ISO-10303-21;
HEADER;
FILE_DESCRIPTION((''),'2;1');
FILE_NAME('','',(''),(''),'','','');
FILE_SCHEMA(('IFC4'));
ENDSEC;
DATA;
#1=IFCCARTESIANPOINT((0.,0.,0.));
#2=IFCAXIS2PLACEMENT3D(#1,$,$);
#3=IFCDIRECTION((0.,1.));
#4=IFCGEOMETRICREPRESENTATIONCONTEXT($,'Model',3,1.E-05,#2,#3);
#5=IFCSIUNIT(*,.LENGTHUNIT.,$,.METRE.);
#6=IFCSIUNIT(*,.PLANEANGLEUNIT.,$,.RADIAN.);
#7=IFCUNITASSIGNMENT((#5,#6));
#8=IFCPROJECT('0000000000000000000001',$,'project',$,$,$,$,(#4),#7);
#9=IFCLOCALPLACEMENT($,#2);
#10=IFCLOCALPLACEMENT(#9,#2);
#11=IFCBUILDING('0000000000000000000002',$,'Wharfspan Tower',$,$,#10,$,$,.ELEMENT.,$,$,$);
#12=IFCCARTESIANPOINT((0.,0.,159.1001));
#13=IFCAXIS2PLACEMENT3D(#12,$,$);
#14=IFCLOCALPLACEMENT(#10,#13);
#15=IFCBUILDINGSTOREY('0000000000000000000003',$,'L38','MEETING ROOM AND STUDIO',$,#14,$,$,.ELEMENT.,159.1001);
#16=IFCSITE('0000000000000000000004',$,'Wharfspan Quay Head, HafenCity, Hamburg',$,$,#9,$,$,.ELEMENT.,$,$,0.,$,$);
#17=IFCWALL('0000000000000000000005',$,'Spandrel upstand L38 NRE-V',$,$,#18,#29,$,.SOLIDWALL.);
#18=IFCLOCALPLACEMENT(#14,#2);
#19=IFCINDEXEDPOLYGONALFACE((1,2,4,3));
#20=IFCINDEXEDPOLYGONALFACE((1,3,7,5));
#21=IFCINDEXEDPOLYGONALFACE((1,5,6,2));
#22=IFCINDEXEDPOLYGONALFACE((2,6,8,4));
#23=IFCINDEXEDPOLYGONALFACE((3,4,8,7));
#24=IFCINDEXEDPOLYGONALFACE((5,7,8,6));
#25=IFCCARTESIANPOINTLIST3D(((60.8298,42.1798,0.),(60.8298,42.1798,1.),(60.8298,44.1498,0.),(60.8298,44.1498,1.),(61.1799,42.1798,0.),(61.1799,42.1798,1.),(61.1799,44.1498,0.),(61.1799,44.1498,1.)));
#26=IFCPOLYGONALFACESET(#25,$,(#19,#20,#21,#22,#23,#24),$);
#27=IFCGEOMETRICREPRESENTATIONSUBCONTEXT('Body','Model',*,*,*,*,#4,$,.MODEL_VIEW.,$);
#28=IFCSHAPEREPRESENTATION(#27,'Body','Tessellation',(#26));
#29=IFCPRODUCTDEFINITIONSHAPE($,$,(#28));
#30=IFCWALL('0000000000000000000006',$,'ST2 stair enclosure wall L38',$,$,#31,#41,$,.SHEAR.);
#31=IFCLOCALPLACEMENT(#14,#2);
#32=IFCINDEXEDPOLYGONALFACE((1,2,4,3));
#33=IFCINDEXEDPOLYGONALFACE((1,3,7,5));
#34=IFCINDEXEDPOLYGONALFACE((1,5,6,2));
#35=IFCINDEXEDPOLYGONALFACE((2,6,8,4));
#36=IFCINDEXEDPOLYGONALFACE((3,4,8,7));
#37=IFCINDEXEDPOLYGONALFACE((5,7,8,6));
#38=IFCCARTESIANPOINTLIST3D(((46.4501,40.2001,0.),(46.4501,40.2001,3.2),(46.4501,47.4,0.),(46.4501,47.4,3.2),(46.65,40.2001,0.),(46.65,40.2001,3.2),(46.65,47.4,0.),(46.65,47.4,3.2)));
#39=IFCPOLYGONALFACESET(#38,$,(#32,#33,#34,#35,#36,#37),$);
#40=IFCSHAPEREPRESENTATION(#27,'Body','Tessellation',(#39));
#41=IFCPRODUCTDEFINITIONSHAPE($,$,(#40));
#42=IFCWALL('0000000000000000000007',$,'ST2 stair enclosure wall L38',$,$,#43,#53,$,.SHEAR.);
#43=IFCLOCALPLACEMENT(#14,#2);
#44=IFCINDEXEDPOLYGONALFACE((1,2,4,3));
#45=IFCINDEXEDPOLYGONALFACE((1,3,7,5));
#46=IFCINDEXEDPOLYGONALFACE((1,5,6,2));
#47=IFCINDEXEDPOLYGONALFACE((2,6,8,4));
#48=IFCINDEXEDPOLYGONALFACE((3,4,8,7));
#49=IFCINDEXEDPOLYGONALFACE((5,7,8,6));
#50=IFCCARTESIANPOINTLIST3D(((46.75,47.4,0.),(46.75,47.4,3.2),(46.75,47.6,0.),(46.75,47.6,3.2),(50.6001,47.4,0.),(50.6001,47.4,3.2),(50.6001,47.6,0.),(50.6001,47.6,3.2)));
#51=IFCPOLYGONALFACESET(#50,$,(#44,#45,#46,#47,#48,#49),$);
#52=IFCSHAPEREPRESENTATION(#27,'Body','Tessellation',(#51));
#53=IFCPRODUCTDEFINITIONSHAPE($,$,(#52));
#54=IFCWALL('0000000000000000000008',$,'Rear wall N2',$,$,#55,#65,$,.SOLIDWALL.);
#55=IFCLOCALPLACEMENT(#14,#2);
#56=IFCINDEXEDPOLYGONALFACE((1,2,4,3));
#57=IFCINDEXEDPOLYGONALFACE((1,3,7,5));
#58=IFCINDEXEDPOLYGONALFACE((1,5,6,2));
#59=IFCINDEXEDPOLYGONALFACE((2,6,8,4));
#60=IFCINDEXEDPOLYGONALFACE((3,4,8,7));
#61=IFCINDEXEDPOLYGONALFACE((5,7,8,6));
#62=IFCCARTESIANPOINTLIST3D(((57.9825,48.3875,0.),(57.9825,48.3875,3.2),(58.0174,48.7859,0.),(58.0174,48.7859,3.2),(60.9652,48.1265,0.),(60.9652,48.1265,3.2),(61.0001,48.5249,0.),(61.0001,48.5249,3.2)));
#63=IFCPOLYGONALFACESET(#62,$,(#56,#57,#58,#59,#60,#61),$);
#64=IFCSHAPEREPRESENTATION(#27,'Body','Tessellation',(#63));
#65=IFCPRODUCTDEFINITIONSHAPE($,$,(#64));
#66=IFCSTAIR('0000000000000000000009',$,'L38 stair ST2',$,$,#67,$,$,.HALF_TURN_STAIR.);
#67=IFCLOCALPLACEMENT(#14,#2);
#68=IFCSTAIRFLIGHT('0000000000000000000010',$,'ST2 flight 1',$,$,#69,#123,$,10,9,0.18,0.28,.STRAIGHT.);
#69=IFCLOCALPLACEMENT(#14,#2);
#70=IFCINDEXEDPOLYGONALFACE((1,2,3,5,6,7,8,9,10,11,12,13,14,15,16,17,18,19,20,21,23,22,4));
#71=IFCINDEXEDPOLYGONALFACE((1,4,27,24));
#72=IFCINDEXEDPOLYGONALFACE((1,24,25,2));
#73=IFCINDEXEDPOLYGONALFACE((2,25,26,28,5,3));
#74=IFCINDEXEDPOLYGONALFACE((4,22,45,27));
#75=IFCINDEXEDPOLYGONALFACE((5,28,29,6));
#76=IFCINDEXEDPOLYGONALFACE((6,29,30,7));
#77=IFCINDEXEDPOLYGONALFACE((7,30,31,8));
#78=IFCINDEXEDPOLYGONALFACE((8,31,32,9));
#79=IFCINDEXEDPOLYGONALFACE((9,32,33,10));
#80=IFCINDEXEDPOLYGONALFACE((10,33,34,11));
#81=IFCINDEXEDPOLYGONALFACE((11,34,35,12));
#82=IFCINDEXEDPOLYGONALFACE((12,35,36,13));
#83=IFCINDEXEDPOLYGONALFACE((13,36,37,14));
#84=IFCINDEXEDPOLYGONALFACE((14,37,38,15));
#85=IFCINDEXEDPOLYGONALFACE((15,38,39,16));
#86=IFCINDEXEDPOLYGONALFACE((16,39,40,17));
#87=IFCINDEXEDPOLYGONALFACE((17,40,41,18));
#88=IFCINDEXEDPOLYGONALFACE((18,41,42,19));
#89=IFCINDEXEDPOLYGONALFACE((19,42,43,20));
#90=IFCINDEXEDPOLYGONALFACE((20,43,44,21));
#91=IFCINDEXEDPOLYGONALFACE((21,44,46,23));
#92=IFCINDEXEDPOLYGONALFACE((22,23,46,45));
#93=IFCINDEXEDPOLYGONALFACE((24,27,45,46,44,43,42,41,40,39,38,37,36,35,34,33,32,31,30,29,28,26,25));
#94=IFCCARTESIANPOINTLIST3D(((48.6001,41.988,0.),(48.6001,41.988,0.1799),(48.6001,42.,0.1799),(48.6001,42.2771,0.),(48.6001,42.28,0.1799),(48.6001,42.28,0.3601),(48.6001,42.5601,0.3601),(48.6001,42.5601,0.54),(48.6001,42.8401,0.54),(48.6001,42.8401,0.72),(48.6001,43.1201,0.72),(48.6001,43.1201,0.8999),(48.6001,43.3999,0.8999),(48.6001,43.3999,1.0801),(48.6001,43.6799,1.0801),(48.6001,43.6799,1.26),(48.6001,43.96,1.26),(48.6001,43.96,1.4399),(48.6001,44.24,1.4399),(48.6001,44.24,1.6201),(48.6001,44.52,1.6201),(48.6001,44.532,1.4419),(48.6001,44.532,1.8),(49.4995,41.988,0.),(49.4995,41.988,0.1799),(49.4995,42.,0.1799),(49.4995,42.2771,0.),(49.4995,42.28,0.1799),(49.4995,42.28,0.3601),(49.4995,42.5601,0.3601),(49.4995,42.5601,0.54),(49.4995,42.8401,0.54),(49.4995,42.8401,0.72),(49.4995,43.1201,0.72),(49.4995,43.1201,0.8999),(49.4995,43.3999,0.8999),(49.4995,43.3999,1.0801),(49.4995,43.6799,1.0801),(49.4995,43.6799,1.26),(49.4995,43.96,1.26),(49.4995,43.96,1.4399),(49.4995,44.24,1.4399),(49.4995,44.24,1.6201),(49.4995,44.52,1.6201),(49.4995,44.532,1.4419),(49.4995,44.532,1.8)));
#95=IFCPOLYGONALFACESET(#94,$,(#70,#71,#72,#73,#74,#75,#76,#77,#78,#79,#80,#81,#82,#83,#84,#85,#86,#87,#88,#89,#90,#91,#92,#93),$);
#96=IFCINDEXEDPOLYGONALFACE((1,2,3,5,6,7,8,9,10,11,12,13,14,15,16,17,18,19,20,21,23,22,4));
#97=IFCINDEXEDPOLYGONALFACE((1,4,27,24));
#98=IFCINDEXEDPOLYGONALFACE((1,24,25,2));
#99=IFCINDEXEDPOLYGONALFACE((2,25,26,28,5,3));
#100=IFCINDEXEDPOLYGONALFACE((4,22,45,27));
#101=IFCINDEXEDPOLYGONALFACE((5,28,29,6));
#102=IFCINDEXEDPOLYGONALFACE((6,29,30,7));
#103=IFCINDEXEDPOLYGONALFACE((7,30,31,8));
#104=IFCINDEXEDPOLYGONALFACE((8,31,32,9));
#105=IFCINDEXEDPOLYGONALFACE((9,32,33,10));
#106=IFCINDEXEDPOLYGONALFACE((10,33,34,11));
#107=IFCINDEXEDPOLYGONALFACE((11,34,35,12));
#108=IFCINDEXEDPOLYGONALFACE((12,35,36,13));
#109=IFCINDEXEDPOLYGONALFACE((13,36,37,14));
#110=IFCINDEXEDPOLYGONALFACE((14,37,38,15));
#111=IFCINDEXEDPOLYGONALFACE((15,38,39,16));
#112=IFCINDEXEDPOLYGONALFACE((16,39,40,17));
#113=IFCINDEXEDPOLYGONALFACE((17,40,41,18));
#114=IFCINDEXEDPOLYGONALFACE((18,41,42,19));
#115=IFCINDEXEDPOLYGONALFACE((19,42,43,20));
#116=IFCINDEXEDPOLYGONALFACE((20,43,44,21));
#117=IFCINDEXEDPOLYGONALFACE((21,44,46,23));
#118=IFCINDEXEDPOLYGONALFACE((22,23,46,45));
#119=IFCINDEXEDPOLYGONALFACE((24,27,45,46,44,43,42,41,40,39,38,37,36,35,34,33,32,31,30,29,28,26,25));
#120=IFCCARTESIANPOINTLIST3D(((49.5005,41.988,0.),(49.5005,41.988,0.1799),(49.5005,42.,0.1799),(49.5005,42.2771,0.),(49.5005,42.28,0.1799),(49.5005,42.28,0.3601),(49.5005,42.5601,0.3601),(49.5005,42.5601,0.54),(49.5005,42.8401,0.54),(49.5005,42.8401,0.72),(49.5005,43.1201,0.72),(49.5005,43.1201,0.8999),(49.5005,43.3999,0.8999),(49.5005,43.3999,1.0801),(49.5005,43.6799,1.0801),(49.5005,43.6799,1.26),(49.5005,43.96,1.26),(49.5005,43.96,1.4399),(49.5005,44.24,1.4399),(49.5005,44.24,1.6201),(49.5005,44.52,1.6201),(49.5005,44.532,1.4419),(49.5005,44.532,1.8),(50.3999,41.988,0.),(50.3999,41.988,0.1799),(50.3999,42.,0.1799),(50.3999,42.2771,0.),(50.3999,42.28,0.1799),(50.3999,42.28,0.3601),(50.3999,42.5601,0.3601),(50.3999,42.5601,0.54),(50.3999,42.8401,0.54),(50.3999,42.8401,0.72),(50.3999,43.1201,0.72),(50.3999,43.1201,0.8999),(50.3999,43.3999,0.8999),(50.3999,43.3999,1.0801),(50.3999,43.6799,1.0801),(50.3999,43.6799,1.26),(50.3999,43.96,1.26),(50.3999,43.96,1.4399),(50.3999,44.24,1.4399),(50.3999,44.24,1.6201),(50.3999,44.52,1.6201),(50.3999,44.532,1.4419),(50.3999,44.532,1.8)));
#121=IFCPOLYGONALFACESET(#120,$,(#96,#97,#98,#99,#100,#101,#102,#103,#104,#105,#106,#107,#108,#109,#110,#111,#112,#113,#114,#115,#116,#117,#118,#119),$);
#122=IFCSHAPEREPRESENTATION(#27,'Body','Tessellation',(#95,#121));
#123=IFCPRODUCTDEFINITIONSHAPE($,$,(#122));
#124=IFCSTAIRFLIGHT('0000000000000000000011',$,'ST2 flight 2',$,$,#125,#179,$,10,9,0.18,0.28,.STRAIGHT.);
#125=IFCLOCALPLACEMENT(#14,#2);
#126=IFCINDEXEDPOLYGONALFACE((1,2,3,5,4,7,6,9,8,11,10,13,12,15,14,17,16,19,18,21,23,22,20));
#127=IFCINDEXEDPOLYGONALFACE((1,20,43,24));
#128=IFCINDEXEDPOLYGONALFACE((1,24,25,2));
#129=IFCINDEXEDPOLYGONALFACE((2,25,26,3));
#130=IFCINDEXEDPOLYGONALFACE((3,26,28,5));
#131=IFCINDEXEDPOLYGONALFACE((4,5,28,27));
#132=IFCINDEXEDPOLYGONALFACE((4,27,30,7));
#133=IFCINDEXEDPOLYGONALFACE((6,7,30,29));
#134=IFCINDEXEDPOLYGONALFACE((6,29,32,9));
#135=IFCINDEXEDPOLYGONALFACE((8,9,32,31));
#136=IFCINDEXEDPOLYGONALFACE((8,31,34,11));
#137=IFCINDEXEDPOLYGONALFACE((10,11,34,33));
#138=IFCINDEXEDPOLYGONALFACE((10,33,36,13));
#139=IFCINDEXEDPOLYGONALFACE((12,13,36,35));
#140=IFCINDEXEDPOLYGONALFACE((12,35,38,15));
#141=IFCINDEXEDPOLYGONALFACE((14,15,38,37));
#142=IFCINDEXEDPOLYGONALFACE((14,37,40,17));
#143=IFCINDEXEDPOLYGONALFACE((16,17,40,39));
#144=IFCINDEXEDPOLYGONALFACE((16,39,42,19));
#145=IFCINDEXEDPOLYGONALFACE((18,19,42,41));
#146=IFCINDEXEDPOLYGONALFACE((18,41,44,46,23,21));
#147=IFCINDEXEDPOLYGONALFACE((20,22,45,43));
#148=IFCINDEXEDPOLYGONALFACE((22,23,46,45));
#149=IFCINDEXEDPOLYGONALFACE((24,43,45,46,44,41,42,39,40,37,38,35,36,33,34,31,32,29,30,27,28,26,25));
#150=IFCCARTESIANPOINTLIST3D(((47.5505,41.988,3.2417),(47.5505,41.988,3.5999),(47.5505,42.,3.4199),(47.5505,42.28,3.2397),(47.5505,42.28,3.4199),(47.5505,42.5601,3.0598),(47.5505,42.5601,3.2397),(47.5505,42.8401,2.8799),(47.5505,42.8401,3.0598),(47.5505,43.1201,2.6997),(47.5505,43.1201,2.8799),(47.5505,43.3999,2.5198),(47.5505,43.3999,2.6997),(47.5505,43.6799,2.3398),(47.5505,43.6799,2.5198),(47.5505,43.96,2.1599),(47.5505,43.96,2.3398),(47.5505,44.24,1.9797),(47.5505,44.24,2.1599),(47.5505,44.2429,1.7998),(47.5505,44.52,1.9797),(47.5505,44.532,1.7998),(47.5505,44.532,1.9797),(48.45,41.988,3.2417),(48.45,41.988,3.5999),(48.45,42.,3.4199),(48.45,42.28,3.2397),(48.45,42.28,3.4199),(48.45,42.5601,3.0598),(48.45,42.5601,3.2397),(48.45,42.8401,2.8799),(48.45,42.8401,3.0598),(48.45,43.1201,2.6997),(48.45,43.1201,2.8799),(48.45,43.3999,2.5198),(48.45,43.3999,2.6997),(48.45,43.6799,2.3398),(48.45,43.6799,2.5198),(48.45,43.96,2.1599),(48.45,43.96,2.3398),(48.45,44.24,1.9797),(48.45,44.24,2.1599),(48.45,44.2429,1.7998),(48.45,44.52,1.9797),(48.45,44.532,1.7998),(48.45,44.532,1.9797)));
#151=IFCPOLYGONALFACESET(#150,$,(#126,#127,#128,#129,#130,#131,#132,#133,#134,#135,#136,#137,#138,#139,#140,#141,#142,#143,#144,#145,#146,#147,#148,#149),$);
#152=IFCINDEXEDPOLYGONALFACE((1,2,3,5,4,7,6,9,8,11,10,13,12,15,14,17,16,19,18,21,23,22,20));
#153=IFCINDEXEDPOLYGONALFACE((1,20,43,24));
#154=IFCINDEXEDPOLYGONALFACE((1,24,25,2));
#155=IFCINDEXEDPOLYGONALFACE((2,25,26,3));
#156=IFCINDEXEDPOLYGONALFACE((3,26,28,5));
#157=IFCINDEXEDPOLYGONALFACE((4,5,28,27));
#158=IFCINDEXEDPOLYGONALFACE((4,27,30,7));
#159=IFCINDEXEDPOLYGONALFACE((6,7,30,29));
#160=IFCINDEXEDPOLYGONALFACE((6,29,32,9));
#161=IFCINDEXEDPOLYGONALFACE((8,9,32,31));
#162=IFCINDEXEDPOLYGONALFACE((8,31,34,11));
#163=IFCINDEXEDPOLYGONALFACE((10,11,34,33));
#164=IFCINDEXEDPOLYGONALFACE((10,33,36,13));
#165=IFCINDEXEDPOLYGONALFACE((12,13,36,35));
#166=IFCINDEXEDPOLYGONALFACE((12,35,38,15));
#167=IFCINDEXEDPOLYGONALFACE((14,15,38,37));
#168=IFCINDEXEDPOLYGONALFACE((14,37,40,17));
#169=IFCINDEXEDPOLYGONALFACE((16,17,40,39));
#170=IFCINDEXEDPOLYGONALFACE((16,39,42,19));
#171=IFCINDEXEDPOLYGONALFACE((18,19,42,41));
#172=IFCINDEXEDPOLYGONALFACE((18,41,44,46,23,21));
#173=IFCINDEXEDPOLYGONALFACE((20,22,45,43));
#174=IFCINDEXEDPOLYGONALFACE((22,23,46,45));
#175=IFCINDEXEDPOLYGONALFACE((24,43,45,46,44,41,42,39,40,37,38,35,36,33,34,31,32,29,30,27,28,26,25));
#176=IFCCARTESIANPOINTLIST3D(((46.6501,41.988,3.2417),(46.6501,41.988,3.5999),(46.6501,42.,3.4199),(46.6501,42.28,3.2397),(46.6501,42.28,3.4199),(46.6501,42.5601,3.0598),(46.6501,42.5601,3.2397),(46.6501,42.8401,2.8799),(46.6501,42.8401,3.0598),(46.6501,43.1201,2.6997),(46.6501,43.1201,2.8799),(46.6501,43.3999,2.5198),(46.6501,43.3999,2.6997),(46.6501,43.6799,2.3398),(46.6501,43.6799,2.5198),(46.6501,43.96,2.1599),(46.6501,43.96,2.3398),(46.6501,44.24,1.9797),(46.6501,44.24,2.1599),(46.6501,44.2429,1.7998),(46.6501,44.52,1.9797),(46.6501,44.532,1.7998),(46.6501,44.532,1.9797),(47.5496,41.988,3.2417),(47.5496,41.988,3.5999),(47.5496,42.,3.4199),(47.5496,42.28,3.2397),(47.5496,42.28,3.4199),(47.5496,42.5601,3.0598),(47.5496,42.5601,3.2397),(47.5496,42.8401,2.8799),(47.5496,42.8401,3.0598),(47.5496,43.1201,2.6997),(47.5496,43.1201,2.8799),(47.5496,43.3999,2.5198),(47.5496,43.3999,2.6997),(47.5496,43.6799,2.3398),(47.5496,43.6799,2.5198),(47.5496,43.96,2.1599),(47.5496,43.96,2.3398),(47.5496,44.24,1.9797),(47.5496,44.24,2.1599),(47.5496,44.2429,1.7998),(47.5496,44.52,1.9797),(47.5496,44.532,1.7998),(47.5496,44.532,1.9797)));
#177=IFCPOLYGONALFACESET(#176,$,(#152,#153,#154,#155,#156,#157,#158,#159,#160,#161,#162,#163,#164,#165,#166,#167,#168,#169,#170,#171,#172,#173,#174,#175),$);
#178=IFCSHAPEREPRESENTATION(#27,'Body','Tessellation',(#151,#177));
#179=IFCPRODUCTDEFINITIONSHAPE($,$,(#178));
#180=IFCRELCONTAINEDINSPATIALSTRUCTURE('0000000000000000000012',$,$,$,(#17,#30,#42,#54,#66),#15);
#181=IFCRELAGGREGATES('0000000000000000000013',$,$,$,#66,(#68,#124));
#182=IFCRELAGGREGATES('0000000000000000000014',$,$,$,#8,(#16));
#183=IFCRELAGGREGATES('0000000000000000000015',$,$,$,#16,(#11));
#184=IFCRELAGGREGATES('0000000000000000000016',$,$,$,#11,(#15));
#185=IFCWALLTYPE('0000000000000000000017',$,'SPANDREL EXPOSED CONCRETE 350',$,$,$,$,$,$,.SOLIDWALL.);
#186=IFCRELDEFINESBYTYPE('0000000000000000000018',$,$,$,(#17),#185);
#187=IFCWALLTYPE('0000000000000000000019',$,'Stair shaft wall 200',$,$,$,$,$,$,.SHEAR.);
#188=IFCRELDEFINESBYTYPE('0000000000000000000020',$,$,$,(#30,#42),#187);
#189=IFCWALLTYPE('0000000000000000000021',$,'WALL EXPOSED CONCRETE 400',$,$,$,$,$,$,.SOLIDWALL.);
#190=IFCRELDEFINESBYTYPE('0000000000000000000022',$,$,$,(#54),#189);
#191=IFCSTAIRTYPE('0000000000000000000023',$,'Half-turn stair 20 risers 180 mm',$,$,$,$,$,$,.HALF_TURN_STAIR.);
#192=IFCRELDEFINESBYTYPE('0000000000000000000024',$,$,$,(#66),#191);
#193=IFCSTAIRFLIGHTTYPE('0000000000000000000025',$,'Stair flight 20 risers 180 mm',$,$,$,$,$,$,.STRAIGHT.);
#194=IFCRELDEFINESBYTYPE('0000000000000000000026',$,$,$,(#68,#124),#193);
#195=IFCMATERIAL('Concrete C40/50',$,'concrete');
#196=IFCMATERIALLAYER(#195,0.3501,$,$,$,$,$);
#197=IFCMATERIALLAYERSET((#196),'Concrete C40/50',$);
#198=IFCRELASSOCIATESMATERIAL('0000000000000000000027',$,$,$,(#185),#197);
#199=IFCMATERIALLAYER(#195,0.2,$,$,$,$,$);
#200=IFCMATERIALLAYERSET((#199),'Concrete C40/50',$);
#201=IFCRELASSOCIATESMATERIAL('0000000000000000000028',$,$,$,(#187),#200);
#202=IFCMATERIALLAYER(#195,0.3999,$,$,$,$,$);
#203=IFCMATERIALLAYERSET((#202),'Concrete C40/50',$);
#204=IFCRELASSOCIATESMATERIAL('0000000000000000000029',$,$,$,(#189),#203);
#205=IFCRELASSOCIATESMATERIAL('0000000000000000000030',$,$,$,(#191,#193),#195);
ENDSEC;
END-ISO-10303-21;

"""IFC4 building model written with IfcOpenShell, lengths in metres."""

from ifc_helpers import new_model, si_unit, direction, frame, frame_2d, origin, place, context, subcontext, project, spatial, polyline, rectangle, outline, extrude, material, layer, layer_set, type_object, element, aggregate, save


model = new_model("IFC4")

# Units and contexts
model_context = context("Model", 3, precision=1e-05, world=origin(), true_north=direction((0.0, 1.0)))
body_context = subcontext(model_context, "Body", "Model", "MODEL_VIEW")
ifc_project = project(units=[si_unit("LENGTHUNIT", "METRE"), si_unit("PLANEANGLEUNIT", "RADIAN")], contexts=[model_context])

# Site, building, storey
site_placement = place(None, origin())
site = spatial("IfcSite", under=ifc_project, at=site_placement, Name="Wharfspan Quay Head, HafenCity, Hamburg", CompositionType="ELEMENT", RefElevation=0.0)
building_placement = place(site_placement, origin())
building = spatial("IfcBuilding", under=site, at=building_placement, Name="Wharfspan Tower", CompositionType="ELEMENT")
storey_placement = place(building_placement, frame((0.0, 0.0, 159.1001)))
storey = spatial("IfcBuildingStorey", under=building, at=storey_placement, Name="L38", Description="MEETING ROOM AND STUDIO", CompositionType="ELEMENT", Elevation=159.1001)

# Walls
ifc_material_1 = material(Name="Concrete C40/50", Category="concrete")
ifc_layer_1 = layer(ifc_material_1, 0.3501)
ifc_layer_set_1 = layer_set([ifc_layer_1], Name="Concrete C40/50")
wall_type_1 = type_object("IfcWallType", Name="SPANDREL EXPOSED CONCRETE 350", PredefinedType="SOLIDWALL", material=ifc_layer_set_1)
wall_1_placement = place(storey_placement, frame((61.0049, 42.1799, 0.0), z_axis=(0.0, 0.0, 1.0), x_axis=(0.0, 1.0, 0.0)))
element("IfcWall", 1, at=wall_1_placement, inside=storey, type_object=wall_type_1, Name="Spandrel upstand L38 NRE-V", PredefinedType="SOLIDWALL", context=body_context, shape_type="SweptSolid", body=[
    extrude(rectangle(XDim=1.97, YDim=0.3501, at=frame_2d((0.9849, 0.0))), origin(), (0.0, 0.0, 1.0), 1.0),
])
ifc_layer_2 = layer(ifc_material_1, 0.2)
ifc_layer_set_2 = layer_set([ifc_layer_2], Name="Concrete C40/50")
wall_type_2 = type_object("IfcWallType", Name="Stair shaft wall 200", PredefinedType="SHEAR", material=ifc_layer_set_2)
wall_2_placement = place(storey_placement, frame((46.55, 40.2, 0.0), z_axis=(0.0, 0.0, 1.0), x_axis=(0.0, 1.0, 0.0)))
element("IfcWall", 2, at=wall_2_placement, inside=storey, type_object=wall_type_2, Name="ST2 stair enclosure wall L38", PredefinedType="SHEAR", context=body_context, shape_type="SweptSolid", body=[
    extrude(rectangle(XDim=7.2, YDim=0.2, at=frame_2d((3.6001, 0.0))), origin(), (0.0, 0.0, 1.0), 3.2),
])
wall_3_placement = place(storey_placement, frame((46.75, 47.5, 0.0), z_axis=(0.0, 0.0, 1.0), x_axis=(1.0, 0.0, 0.0)))
element("IfcWall", 3, at=wall_3_placement, inside=storey, type_object=wall_type_2, Name="ST2 stair enclosure wall L38", PredefinedType="SHEAR", context=body_context, shape_type="SweptSolid", body=[
    extrude(rectangle(XDim=3.8501, YDim=0.2, at=frame_2d((1.925, 0.0))), origin(), (0.0, 0.0, 1.0), 3.2),
])
ifc_layer_3 = layer(ifc_material_1, 0.3999)
ifc_layer_set_3 = layer_set([ifc_layer_3], Name="Concrete C40/50")
wall_type_3 = type_object("IfcWallType", Name="WALL EXPOSED CONCRETE 400", PredefinedType="SOLIDWALL", material=ifc_layer_set_3)
wall_4_placement = place(storey_placement, frame((60.9827, 48.3257, 0.0), z_axis=(0.0, 0.0, 1.0), x_axis=(-0.996194, 0.087168, 0.0)))
element("IfcWall", 4, at=wall_4_placement, inside=storey, type_object=wall_type_3, Name="Rear wall N2", PredefinedType="SOLIDWALL", context=body_context, shape_type="SweptSolid", body=[
    extrude(rectangle(XDim=2.9941, YDim=0.3999, at=frame_2d((1.4971, 0.0))), origin(), (0.0, 0.0, 1.0), 3.2),
])

# Stair, stair flights
stair_type = type_object("IfcStairType", Name="Half-turn stair 20 risers 180 mm", PredefinedType="HALF_TURN_STAIR", material=ifc_material_1)
stair_placement = place(storey_placement, origin())
stair = element("IfcStair", 5, at=stair_placement, inside=storey, type_object=stair_type, Name="L38 stair ST2", PredefinedType="HALF_TURN_STAIR")
stair_flight_type = type_object("IfcStairFlightType", Name="Stair flight 20 risers 180 mm", PredefinedType="STRAIGHT", material=ifc_material_1)
stair_flight_1_placement = place(storey_placement, frame((49.5, 42.0, 0.0), z_axis=(0.0, 0.0, 1.0), x_axis=(0.0, 1.0, 0.0)))
stair_flight_1 = element("IfcStairFlight", 6, at=stair_flight_1_placement, type_object=stair_flight_type, Name="ST2 flight 1", NumberOfRisers=10, NumberOfTreads=9, PredefinedType="STRAIGHT", RiserHeight=0.18, TreadLength=0.28, context=body_context, shape_type="SweptSolid", body=[
    extrude(outline(polyline([(-0.012, 0.0), (-0.012, 0.1799), (0.0, 0.1799), (0.28, 0.1799), (0.28, 0.3601), (0.5601, 0.3601), (0.5601, 0.54), (0.8401, 0.54), (0.8401, 0.72), (1.1201, 0.72), (1.1201, 0.8999), (1.3999, 0.8999), (1.3999, 1.0801), (1.6799, 1.0801), (1.6799, 1.26), (1.96, 1.26), (1.96, 1.4399), (2.24, 1.4399), (2.24, 1.6201), (2.52, 1.6201), (2.532, 1.8), (2.532, 1.4419), (0.2771, 0.0), (-0.012, 0.0)])), frame((0.0, 0.8999, 0.0), z_axis=(0.0, -1.0, 0.0), x_axis=(1.0, 0.0, 0.0)), (0.0, 0.0, 1.0), 0.8994),
    extrude(outline(polyline([(-0.012, 0.0), (-0.012, 0.1799), (0.0, 0.1799), (0.28, 0.1799), (0.28, 0.3601), (0.5601, 0.3601), (0.5601, 0.54), (0.8401, 0.54), (0.8401, 0.72), (1.1201, 0.72), (1.1201, 0.8999), (1.3999, 0.8999), (1.3999, 1.0801), (1.6799, 1.0801), (1.6799, 1.26), (1.96, 1.26), (1.96, 1.4399), (2.24, 1.4399), (2.24, 1.6201), (2.52, 1.6201), (2.532, 1.8), (2.532, 1.4419), (0.2771, 0.0), (-0.012, 0.0)])), frame((0.0, -0.0005, 0.0), z_axis=(0.0, -1.0, 0.0), x_axis=(1.0, 0.0, 0.0)), (0.0, 0.0, 1.0), 0.8994),
])
stair_flight_2_placement = place(storey_placement, frame((47.55, 44.52, 1.7998), z_axis=(0.0, 0.0, 1.0), x_axis=(0.0, -1.0, 0.0)))
stair_flight_2 = element("IfcStairFlight", 7, at=stair_flight_2_placement, type_object=stair_flight_type, Name="ST2 flight 2", NumberOfRisers=10, NumberOfTreads=9, PredefinedType="STRAIGHT", RiserHeight=0.18, TreadLength=0.28, context=body_context, shape_type="SweptSolid", body=[
    extrude(outline(polyline([(-0.012, 0.0), (-0.012, 0.1799), (0.0, 0.1799), (0.28, 0.1799), (0.28, 0.3601), (0.5601, 0.3601), (0.5601, 0.54), (0.8401, 0.54), (0.8401, 0.72), (1.1201, 0.72), (1.1201, 0.8999), (1.3999, 0.8999), (1.3999, 1.0801), (1.6799, 1.0801), (1.6799, 1.26), (1.96, 1.26), (1.96, 1.4399), (2.24, 1.4399), (2.24, 1.6201), (2.52, 1.6201), (2.532, 1.8), (2.532, 1.4419), (0.2771, 0.0), (-0.012, 0.0)])), frame((0.0, 0.8999, 0.0), z_axis=(0.0, -1.0, 0.0), x_axis=(1.0, 0.0, 0.0)), (0.0, 0.0, 1.0), 0.8994),
    extrude(outline(polyline([(-0.012, 0.0), (-0.012, 0.1799), (0.0, 0.1799), (0.28, 0.1799), (0.28, 0.3601), (0.5601, 0.3601), (0.5601, 0.54), (0.8401, 0.54), (0.8401, 0.72), (1.1201, 0.72), (1.1201, 0.8999), (1.3999, 0.8999), (1.3999, 1.0801), (1.6799, 1.0801), (1.6799, 1.26), (1.96, 1.26), (1.96, 1.4399), (2.24, 1.4399), (2.24, 1.6201), (2.52, 1.6201), (2.532, 1.8), (2.532, 1.4419), (0.2771, 0.0), (-0.012, 0.0)])), frame((0.0, -0.0005, 0.0), z_axis=(0.0, -1.0, 0.0), x_axis=(1.0, 0.0, 0.0)), (0.0, 0.0, 1.0), 0.8994),
])
aggregate(stair, [stair_flight_1, stair_flight_2])

save(model, "model.ifc")
